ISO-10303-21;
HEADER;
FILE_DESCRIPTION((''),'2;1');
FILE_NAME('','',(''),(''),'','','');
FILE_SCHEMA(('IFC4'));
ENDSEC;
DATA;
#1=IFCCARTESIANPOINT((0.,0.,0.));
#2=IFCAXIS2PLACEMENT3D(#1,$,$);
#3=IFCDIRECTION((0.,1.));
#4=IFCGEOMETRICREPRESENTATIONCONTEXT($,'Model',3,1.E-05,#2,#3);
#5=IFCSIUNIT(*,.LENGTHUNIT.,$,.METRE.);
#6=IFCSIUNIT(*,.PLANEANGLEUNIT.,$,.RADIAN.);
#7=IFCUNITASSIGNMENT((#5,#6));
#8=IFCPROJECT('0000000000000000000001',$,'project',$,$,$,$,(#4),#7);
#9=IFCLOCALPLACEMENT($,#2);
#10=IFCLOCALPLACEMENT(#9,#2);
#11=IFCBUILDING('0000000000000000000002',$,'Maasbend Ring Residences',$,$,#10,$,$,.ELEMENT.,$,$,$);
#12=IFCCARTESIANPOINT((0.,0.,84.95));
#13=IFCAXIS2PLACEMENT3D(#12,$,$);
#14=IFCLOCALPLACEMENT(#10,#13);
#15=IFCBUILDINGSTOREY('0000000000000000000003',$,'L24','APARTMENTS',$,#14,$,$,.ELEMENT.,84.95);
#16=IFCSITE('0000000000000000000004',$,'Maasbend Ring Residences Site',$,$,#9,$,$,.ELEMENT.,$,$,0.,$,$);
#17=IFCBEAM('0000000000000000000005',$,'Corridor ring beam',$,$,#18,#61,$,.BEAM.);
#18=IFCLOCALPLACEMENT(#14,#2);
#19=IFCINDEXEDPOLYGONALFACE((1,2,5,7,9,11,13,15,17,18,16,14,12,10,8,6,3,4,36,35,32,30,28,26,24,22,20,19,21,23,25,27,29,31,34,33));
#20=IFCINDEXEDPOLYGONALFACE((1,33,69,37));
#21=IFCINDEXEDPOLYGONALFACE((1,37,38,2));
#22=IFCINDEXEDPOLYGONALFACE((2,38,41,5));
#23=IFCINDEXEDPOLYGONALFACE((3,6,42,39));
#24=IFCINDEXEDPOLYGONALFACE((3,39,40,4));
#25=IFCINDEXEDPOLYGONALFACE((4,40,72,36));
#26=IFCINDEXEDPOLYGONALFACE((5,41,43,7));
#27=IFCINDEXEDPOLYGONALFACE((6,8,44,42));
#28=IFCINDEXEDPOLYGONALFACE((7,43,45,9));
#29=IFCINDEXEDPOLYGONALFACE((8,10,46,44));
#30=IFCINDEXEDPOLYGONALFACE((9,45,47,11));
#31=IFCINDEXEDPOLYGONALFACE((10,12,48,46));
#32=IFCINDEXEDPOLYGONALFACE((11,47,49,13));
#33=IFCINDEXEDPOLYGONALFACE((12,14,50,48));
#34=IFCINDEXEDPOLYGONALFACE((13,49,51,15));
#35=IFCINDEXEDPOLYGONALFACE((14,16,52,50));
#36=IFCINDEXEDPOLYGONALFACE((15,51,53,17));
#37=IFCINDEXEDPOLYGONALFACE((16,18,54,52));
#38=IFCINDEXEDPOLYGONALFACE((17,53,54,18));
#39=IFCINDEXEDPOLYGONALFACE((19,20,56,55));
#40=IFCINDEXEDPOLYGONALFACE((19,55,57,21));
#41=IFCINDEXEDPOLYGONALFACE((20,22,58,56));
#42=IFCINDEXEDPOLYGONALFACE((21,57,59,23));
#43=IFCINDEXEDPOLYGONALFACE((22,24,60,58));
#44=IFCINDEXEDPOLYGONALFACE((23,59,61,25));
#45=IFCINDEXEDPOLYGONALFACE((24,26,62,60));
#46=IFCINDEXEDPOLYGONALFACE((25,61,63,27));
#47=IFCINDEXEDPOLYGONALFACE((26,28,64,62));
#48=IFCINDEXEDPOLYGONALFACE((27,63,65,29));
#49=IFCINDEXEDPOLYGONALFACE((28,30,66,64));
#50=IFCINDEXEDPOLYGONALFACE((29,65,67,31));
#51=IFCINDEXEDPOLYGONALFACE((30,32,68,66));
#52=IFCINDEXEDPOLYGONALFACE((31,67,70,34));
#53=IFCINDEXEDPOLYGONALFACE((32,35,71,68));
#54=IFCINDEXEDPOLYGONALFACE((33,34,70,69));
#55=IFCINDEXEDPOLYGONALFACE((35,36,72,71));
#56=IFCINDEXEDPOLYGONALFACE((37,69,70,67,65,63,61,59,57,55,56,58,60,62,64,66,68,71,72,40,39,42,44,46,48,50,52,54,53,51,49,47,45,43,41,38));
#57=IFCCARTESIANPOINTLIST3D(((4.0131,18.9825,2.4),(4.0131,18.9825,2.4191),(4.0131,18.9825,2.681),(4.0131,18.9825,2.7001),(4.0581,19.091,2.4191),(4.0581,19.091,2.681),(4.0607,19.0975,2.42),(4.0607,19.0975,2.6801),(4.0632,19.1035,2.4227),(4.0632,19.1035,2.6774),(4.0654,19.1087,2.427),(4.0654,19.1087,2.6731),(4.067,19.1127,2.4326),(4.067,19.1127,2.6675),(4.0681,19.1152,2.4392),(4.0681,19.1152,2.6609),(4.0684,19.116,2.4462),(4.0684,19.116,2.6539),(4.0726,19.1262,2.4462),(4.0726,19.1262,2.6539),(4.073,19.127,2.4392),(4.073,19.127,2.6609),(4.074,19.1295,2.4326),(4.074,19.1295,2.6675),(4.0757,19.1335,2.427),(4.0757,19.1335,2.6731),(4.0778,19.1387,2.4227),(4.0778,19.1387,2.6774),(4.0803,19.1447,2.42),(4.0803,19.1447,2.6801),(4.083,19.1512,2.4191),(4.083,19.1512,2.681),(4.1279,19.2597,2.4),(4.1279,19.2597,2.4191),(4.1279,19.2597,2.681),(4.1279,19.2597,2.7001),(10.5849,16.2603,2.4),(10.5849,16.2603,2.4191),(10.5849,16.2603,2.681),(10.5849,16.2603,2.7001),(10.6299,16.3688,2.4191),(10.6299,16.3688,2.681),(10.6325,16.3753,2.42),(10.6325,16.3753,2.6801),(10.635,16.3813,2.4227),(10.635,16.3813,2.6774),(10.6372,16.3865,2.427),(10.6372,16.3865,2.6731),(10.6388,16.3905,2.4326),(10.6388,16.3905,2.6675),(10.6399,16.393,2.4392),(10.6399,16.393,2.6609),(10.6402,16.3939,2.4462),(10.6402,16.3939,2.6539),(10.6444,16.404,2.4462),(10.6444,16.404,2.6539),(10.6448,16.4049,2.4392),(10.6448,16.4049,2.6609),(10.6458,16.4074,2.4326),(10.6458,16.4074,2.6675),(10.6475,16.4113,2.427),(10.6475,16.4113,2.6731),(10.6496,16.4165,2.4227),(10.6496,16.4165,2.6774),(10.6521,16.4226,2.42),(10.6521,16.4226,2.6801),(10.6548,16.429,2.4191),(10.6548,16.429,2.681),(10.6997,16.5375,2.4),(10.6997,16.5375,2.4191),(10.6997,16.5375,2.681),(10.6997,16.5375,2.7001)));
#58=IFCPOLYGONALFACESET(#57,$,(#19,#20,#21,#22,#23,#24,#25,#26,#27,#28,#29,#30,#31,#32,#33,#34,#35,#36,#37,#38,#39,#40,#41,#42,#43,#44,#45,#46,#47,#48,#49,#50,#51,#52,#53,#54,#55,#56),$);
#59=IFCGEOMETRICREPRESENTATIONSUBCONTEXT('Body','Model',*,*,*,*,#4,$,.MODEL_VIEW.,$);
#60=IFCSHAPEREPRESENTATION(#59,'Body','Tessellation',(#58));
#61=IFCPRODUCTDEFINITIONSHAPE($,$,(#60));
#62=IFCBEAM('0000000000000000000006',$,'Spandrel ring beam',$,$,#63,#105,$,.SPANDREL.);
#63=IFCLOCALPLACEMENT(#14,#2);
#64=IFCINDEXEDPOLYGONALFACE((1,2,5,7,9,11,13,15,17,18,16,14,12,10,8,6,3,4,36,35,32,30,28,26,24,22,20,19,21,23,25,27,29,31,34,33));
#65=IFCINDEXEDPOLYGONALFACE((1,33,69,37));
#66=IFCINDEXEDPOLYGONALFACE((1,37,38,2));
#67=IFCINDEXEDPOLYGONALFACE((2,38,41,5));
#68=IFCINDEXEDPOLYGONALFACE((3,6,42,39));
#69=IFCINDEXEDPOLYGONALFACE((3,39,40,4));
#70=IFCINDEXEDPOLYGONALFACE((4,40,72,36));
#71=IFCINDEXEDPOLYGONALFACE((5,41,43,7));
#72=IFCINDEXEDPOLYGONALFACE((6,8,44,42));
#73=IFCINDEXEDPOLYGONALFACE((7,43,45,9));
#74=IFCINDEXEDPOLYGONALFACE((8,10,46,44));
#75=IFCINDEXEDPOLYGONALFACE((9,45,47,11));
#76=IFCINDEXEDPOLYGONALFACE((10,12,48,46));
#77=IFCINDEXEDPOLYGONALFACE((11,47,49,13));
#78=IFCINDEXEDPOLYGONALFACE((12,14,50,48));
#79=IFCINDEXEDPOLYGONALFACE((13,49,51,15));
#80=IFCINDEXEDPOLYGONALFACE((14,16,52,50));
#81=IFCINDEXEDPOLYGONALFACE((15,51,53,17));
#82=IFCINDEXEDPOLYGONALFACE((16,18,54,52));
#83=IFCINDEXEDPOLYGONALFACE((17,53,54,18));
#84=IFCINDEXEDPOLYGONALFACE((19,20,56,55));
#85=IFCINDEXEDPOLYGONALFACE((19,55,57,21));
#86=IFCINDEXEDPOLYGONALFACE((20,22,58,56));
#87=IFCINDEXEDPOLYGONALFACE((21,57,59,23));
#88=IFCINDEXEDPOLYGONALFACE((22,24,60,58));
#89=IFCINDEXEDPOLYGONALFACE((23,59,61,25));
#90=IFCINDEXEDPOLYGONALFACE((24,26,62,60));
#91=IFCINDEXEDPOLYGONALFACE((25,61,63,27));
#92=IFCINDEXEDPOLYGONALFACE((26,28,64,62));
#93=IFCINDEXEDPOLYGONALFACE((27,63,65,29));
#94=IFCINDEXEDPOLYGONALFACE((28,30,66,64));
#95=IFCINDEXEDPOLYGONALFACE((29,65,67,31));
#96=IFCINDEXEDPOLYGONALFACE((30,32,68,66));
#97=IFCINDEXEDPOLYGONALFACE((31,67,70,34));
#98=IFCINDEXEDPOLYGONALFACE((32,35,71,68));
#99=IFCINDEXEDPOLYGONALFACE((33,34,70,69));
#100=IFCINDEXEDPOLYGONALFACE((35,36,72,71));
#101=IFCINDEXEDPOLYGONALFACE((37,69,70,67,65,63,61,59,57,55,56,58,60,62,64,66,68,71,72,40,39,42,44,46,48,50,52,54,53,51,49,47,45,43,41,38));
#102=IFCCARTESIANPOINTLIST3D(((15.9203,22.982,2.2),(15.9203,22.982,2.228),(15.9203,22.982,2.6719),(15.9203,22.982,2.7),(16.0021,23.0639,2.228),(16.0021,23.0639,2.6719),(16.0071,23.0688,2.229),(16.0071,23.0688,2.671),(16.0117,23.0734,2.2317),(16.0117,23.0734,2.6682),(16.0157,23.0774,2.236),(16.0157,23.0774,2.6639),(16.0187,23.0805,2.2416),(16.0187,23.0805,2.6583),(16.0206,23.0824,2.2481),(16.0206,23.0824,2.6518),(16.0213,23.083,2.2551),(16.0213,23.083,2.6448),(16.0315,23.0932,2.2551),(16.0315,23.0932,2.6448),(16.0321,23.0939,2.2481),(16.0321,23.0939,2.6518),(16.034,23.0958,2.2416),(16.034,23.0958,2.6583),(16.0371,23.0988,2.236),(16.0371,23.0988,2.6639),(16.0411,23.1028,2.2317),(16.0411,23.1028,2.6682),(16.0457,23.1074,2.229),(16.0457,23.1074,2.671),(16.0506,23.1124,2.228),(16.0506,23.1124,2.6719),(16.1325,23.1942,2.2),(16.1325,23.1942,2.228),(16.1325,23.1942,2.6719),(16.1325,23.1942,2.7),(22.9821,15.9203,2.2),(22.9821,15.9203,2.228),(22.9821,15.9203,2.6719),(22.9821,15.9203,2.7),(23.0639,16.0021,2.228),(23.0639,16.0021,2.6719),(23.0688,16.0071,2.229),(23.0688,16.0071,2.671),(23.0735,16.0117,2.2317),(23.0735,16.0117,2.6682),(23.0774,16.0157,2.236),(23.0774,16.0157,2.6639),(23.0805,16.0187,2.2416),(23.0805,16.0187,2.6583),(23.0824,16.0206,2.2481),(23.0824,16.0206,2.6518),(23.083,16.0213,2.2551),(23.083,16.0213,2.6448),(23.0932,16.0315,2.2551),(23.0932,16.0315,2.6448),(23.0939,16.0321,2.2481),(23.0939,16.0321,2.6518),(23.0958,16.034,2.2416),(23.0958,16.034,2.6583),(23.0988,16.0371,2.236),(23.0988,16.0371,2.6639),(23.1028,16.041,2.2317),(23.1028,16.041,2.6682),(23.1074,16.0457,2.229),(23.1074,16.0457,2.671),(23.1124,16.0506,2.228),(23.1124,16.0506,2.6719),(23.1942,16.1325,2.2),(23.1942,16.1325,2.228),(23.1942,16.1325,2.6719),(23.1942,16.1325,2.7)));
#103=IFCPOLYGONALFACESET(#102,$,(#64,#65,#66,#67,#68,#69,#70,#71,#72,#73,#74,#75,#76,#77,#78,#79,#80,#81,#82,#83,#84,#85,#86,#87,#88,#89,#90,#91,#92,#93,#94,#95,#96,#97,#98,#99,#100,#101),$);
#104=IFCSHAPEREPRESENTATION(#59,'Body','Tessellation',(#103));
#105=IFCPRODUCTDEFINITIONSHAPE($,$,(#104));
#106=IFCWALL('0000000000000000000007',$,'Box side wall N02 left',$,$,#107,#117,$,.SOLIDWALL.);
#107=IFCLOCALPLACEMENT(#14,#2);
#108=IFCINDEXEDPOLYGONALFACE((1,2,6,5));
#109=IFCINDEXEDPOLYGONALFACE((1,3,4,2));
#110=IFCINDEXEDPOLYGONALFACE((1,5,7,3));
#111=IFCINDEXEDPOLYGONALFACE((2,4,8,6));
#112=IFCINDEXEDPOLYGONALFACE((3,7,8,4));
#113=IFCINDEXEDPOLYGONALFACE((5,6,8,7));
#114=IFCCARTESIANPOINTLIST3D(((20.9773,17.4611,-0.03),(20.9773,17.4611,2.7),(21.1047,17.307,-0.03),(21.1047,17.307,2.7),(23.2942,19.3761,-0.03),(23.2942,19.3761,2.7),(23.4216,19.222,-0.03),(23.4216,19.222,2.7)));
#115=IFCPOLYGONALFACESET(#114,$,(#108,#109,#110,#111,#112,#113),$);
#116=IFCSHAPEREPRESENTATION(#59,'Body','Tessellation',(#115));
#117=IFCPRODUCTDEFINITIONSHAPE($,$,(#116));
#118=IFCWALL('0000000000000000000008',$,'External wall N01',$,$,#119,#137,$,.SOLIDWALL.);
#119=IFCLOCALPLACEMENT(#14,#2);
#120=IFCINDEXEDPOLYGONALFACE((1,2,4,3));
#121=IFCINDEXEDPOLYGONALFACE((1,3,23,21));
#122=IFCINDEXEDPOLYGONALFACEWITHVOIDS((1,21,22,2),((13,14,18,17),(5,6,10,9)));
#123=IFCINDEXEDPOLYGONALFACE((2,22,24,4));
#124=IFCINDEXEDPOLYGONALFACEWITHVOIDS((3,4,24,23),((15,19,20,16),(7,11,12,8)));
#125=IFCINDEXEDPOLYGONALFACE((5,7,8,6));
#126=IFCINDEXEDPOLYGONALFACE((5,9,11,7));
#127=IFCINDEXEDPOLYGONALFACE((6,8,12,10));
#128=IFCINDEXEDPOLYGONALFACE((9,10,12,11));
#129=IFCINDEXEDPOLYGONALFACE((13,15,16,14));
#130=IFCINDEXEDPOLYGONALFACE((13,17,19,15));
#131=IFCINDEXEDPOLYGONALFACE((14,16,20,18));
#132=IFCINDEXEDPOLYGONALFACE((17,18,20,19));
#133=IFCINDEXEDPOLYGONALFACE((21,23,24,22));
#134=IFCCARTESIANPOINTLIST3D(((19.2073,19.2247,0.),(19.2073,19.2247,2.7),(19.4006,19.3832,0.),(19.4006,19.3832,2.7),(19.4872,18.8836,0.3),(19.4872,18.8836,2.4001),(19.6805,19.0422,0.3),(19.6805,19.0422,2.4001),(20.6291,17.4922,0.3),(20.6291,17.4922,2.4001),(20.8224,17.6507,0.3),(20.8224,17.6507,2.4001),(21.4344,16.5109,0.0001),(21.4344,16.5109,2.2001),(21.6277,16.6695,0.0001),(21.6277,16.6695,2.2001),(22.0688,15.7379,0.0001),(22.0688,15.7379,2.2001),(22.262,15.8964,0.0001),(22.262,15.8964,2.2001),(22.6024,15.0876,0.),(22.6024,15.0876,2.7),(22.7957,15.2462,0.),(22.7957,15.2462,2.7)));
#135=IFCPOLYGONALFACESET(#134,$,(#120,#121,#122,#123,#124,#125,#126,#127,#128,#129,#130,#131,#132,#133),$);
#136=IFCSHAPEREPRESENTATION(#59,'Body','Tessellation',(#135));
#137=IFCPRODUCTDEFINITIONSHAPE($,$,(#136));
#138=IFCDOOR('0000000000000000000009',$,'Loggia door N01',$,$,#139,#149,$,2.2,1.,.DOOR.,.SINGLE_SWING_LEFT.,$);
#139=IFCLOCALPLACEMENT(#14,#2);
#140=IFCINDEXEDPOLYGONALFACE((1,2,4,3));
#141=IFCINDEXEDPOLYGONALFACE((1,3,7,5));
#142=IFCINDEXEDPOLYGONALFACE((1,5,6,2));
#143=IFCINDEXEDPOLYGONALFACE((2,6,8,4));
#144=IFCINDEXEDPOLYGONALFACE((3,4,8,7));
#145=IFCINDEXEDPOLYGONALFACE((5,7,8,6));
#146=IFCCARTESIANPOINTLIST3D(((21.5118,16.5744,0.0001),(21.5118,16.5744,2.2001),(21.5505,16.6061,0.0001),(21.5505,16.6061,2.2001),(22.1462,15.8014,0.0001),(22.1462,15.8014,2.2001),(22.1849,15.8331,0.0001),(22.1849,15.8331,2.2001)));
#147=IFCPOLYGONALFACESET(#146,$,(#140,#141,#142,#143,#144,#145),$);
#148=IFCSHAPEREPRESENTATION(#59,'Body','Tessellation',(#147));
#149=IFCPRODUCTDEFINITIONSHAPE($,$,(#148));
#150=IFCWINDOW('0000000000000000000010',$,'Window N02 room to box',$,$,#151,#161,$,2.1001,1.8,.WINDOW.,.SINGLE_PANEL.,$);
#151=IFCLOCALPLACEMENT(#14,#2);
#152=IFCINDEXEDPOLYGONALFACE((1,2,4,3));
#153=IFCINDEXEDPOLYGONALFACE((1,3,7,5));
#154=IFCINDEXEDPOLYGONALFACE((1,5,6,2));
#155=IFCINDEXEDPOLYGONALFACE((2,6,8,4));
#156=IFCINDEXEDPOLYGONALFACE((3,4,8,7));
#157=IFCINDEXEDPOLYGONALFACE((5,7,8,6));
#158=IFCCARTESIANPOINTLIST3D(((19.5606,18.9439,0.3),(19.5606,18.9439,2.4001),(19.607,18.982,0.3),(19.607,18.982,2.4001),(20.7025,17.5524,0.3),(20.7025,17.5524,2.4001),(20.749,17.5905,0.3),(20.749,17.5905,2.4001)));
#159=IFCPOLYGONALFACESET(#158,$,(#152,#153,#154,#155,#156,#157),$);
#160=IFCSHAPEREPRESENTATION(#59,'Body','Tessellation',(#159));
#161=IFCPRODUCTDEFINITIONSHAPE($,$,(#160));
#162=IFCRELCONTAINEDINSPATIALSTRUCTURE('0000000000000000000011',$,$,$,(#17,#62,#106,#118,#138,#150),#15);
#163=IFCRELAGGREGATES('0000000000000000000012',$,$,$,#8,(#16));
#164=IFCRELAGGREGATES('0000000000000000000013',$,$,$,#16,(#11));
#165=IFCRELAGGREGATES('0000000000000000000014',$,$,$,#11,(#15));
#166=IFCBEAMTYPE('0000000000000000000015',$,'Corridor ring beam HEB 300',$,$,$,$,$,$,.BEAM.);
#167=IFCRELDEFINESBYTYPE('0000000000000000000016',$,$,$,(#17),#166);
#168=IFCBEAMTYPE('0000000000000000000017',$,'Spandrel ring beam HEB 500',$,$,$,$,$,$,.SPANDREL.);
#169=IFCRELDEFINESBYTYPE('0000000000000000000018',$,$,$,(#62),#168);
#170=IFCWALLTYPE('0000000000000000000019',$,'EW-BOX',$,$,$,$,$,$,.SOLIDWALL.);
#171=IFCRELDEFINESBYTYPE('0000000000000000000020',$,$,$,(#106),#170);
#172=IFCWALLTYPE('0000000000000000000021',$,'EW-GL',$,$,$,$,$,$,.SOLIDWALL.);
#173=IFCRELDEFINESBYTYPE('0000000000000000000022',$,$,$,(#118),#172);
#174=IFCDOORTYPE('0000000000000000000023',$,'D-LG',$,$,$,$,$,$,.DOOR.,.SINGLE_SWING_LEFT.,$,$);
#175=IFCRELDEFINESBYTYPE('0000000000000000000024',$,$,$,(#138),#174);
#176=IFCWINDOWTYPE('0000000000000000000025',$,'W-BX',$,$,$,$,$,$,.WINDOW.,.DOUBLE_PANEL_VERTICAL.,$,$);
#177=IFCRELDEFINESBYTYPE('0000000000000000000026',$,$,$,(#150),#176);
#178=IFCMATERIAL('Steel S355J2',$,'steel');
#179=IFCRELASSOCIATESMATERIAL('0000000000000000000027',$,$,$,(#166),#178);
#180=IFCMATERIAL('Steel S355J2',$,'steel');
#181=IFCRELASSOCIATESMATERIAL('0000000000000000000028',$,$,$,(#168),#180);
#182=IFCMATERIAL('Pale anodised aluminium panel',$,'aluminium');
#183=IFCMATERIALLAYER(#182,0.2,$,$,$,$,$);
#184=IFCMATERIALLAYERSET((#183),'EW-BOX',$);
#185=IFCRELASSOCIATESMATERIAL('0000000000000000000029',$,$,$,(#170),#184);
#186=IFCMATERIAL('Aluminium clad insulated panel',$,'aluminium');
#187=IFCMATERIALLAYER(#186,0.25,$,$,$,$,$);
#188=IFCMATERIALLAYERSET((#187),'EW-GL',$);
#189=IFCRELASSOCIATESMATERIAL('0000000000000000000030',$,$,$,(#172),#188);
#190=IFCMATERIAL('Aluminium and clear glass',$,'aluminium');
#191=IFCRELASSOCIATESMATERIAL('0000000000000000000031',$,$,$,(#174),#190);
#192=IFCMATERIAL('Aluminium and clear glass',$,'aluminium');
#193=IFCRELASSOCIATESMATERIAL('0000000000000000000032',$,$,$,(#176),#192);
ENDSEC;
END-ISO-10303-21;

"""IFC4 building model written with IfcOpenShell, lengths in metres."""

from ifc_helpers import new_model, si_unit, direction, frame, frame_2d, origin, origin_2d, place, context, subcontext, project, spatial, rectangle, i_section, extrude, material, layer, layer_set, material_profile, profile_set, type_object, element, fill, save


model = new_model("IFC4")

# Units and contexts
model_context = context("Model", 3, precision=1e-05, world=origin(), true_north=direction((0.0, 1.0)))
body_context = subcontext(model_context, "Body", "Model", "MODEL_VIEW")
ifc_project = project(units=[si_unit("LENGTHUNIT", "METRE"), si_unit("PLANEANGLEUNIT", "RADIAN")], contexts=[model_context])

# Site, building, storey
site_placement = place(None, origin())
site = spatial("IfcSite", under=ifc_project, at=site_placement, Name="Maasbend Ring Residences Site", CompositionType="ELEMENT", RefElevation=0.0)
building_placement = place(site_placement, origin())
building = spatial("IfcBuilding", under=site, at=building_placement, Name="Maasbend Ring Residences", CompositionType="ELEMENT")
storey_placement = place(building_placement, frame((0.0, 0.0, 84.95)))
storey = spatial("IfcBuildingStorey", under=building, at=storey_placement, Name="L24", Description="APARTMENTS", CompositionType="ELEMENT", Elevation=84.95)

# Beams
ifc_material_1 = material(Name="Steel S355J2", Category="steel")
ifc_material_profile_1 = material_profile(ifc_material_1, i_section(OverallWidth=0.3, OverallDepth=0.3, WebThickness=0.011, FlangeThickness=0.019, FilletRadius=0.0271, at=origin_2d()), Name="HEB 300")
ifc_profile_set_1 = profile_set([ifc_material_profile_1], Name="Steel S355J2")
beam_type_1 = type_object("IfcBeamType", Name="Corridor ring beam HEB 300", PredefinedType="BEAM", material=ifc_profile_set_1)
for number, where, z_axis, x_axis, name in (
    (1, (10.6423, 16.3989, 2.55), (-0.923877, 0.382689, 0.0), (-0.382689, -0.923877, 0.0), "Corridor ring beam"),
):
    element("IfcBeam", number, at=place(storey_placement, frame(where, z_axis=z_axis, x_axis=x_axis)), inside=storey, type_object=beam_type_1, Name=name, PredefinedType="BEAM", context=body_context, shape_type="SweptSolid", body=[
        extrude(i_section(OverallWidth=0.3, OverallDepth=0.3, WebThickness=0.011, FlangeThickness=0.019, FilletRadius=0.0271, at=origin_2d()), origin(), (0.0, 0.0, 1.0), 7.1133),
    ])
ifc_material_2 = material(Name="Steel S355J2", Category="steel")
ifc_material_profile_2 = material_profile(ifc_material_2, i_section(OverallWidth=0.3, OverallDepth=0.5, WebThickness=0.0144, FlangeThickness=0.0281, FilletRadius=0.0271, at=origin_2d()), Name="HEB 500")
ifc_profile_set_2 = profile_set([ifc_material_profile_2], Name="Steel S355J2")
beam_type_2 = type_object("IfcBeamType", Name="Spandrel ring beam HEB 500", PredefinedType="SPANDREL", material=ifc_profile_set_2)
beam_placement = place(storey_placement, frame((23.0881, 16.0264, 2.45), z_axis=(-0.707107, 0.707107, 0.0), x_axis=(-0.707107, -0.707107, 0.0)))
element("IfcBeam", 2, at=beam_placement, inside=storey, type_object=beam_type_2, Name="Spandrel ring beam", PredefinedType="SPANDREL", context=body_context, shape_type="SweptSolid", body=[
    extrude(i_section(OverallWidth=0.3, OverallDepth=0.5, WebThickness=0.0144, FlangeThickness=0.0281, FilletRadius=0.0271, at=origin_2d()), origin(), (0.0, 0.0, 1.0), 9.9868),
])

# Wall
ifc_material_3 = material(Name="Pale anodised aluminium panel", Category="aluminium")
ifc_layer_1 = layer(ifc_material_3, 0.2)
ifc_layer_set_1 = layer_set([ifc_layer_1], Name="EW-BOX")
wall_type_1 = type_object("IfcWallType", Name="EW-BOX", PredefinedType="SOLIDWALL", material=ifc_layer_set_1)
wall_1_placement = place(storey_placement, frame((21.041, 17.384, -0.03), z_axis=(0.0, 0.0, 1.0), x_axis=(0.770785, 0.637096, 0.0)))
element("IfcWall", 3, at=wall_1_placement, inside=storey, type_object=wall_type_1, Name="Box side wall N02 left", PredefinedType="SOLIDWALL", context=body_context, shape_type="SweptSolid", body=[
    extrude(rectangle(XDim=3.0059, YDim=0.2, at=frame_2d((1.5029, 0.0))), origin(), (0.0, 0.0, 1.0), 2.73),
])

# Wall, openings, door, window
ifc_material_4 = material(Name="Aluminium clad insulated panel", Category="aluminium")
ifc_layer_2 = layer(ifc_material_4, 0.25)
ifc_layer_set_2 = layer_set([ifc_layer_2], Name="EW-GL")
wall_type_2 = type_object("IfcWallType", Name="EW-GL", PredefinedType="SOLIDWALL", material=ifc_layer_set_2)
wall_2_placement = place(storey_placement, frame((22.699, 15.167, 0.0), z_axis=(0.0, 0.0, 1.0), x_axis=(-0.634382, 0.773019, 0.0)))
wall_2 = element("IfcWall", 4, at=wall_2_placement, inside=storey, type_object=wall_type_2, Name="External wall N01", PredefinedType="SOLIDWALL", context=body_context, shape_type="SweptSolid", body=[
    extrude(rectangle(XDim=5.3518, YDim=0.25, at=frame_2d((2.6758, 0.0))), origin(), (0.0, 0.0, 1.0), 2.7),
])
opening_1_placement = place(wall_2_placement, frame((0.8411, 0.0, 0.0)))
opening_1 = element("IfcOpeningElement", 5, at=opening_1_placement, cuts=wall_2, PredefinedType="OPENING", context=body_context, shape_type="SweptSolid", body=[
    extrude(rectangle(XDim=1.0, YDim=2.2, at=frame_2d((0.5, 1.1001))), frame((0.0, 0.135, 0.0), z_axis=(0.0, -1.0, 0.0), x_axis=(1.0, 0.0, 0.0)), (0.0, 0.0, 1.0), 0.27),
])
opening_2_placement = place(wall_2_placement, frame((3.1106, 0.0, 0.3)))
opening_2 = element("IfcOpeningElement", 6, at=opening_2_placement, cuts=wall_2, PredefinedType="OPENING", context=body_context, shape_type="SweptSolid", body=[
    extrude(rectangle(XDim=1.8, YDim=2.1001, at=frame_2d((0.8999, 1.05))), frame((0.0, 0.135, 0.0), z_axis=(0.0, -1.0, 0.0), x_axis=(1.0, 0.0, 0.0)), (0.0, 0.0, 1.0), 0.27),
])
ifc_material_5 = material(Name="Aluminium and clear glass", Category="aluminium")
door_type_1 = type_object("IfcDoorType", Name="D-LG", OperationType="SINGLE_SWING_LEFT", PredefinedType="DOOR", material=ifc_material_5)
door_1_placement = place(opening_1_placement, origin())
door_1 = element("IfcDoor", 7, at=door_1_placement, inside=storey, type_object=door_type_1, Name="Loggia door N01", OperationType="SINGLE_SWING_LEFT", OverallHeight=2.2, OverallWidth=1.0, PredefinedType="DOOR", context=body_context, shape_type="SweptSolid", body=[
    extrude(rectangle(XDim=1.0, YDim=2.2, at=frame_2d((0.5, 1.1001))), frame((0.0, 0.0249, 0.0), z_axis=(0.0, -1.0, 0.0), x_axis=(1.0, 0.0, 0.0)), (0.0, 0.0, 1.0), 0.05),
])
fill(opening_1, door_1)
ifc_material_6 = material(Name="Aluminium and clear glass", Category="aluminium")
window_type = type_object("IfcWindowType", Name="W-BX", PartitioningType="DOUBLE_PANEL_VERTICAL", PredefinedType="WINDOW", material=ifc_material_6)
window_1_placement = place(opening_2_placement, origin())
window_1 = element("IfcWindow", 8, at=window_1_placement, inside=storey, type_object=window_type, Name="Window N02 room to box", OverallHeight=2.1001, OverallWidth=1.8, PartitioningType="SINGLE_PANEL", PredefinedType="WINDOW", context=body_context, shape_type="SweptSolid", body=[
    extrude(rectangle(XDim=1.8, YDim=2.1001, at=frame_2d((0.8999, 1.05))), frame((0.0, 0.03, 0.0), z_axis=(0.0, -1.0, 0.0), x_axis=(1.0, 0.0, 0.0)), (0.0, 0.0, 1.0), 0.0601),
])
fill(opening_2, window_1)

save(model, "model.ifc")
